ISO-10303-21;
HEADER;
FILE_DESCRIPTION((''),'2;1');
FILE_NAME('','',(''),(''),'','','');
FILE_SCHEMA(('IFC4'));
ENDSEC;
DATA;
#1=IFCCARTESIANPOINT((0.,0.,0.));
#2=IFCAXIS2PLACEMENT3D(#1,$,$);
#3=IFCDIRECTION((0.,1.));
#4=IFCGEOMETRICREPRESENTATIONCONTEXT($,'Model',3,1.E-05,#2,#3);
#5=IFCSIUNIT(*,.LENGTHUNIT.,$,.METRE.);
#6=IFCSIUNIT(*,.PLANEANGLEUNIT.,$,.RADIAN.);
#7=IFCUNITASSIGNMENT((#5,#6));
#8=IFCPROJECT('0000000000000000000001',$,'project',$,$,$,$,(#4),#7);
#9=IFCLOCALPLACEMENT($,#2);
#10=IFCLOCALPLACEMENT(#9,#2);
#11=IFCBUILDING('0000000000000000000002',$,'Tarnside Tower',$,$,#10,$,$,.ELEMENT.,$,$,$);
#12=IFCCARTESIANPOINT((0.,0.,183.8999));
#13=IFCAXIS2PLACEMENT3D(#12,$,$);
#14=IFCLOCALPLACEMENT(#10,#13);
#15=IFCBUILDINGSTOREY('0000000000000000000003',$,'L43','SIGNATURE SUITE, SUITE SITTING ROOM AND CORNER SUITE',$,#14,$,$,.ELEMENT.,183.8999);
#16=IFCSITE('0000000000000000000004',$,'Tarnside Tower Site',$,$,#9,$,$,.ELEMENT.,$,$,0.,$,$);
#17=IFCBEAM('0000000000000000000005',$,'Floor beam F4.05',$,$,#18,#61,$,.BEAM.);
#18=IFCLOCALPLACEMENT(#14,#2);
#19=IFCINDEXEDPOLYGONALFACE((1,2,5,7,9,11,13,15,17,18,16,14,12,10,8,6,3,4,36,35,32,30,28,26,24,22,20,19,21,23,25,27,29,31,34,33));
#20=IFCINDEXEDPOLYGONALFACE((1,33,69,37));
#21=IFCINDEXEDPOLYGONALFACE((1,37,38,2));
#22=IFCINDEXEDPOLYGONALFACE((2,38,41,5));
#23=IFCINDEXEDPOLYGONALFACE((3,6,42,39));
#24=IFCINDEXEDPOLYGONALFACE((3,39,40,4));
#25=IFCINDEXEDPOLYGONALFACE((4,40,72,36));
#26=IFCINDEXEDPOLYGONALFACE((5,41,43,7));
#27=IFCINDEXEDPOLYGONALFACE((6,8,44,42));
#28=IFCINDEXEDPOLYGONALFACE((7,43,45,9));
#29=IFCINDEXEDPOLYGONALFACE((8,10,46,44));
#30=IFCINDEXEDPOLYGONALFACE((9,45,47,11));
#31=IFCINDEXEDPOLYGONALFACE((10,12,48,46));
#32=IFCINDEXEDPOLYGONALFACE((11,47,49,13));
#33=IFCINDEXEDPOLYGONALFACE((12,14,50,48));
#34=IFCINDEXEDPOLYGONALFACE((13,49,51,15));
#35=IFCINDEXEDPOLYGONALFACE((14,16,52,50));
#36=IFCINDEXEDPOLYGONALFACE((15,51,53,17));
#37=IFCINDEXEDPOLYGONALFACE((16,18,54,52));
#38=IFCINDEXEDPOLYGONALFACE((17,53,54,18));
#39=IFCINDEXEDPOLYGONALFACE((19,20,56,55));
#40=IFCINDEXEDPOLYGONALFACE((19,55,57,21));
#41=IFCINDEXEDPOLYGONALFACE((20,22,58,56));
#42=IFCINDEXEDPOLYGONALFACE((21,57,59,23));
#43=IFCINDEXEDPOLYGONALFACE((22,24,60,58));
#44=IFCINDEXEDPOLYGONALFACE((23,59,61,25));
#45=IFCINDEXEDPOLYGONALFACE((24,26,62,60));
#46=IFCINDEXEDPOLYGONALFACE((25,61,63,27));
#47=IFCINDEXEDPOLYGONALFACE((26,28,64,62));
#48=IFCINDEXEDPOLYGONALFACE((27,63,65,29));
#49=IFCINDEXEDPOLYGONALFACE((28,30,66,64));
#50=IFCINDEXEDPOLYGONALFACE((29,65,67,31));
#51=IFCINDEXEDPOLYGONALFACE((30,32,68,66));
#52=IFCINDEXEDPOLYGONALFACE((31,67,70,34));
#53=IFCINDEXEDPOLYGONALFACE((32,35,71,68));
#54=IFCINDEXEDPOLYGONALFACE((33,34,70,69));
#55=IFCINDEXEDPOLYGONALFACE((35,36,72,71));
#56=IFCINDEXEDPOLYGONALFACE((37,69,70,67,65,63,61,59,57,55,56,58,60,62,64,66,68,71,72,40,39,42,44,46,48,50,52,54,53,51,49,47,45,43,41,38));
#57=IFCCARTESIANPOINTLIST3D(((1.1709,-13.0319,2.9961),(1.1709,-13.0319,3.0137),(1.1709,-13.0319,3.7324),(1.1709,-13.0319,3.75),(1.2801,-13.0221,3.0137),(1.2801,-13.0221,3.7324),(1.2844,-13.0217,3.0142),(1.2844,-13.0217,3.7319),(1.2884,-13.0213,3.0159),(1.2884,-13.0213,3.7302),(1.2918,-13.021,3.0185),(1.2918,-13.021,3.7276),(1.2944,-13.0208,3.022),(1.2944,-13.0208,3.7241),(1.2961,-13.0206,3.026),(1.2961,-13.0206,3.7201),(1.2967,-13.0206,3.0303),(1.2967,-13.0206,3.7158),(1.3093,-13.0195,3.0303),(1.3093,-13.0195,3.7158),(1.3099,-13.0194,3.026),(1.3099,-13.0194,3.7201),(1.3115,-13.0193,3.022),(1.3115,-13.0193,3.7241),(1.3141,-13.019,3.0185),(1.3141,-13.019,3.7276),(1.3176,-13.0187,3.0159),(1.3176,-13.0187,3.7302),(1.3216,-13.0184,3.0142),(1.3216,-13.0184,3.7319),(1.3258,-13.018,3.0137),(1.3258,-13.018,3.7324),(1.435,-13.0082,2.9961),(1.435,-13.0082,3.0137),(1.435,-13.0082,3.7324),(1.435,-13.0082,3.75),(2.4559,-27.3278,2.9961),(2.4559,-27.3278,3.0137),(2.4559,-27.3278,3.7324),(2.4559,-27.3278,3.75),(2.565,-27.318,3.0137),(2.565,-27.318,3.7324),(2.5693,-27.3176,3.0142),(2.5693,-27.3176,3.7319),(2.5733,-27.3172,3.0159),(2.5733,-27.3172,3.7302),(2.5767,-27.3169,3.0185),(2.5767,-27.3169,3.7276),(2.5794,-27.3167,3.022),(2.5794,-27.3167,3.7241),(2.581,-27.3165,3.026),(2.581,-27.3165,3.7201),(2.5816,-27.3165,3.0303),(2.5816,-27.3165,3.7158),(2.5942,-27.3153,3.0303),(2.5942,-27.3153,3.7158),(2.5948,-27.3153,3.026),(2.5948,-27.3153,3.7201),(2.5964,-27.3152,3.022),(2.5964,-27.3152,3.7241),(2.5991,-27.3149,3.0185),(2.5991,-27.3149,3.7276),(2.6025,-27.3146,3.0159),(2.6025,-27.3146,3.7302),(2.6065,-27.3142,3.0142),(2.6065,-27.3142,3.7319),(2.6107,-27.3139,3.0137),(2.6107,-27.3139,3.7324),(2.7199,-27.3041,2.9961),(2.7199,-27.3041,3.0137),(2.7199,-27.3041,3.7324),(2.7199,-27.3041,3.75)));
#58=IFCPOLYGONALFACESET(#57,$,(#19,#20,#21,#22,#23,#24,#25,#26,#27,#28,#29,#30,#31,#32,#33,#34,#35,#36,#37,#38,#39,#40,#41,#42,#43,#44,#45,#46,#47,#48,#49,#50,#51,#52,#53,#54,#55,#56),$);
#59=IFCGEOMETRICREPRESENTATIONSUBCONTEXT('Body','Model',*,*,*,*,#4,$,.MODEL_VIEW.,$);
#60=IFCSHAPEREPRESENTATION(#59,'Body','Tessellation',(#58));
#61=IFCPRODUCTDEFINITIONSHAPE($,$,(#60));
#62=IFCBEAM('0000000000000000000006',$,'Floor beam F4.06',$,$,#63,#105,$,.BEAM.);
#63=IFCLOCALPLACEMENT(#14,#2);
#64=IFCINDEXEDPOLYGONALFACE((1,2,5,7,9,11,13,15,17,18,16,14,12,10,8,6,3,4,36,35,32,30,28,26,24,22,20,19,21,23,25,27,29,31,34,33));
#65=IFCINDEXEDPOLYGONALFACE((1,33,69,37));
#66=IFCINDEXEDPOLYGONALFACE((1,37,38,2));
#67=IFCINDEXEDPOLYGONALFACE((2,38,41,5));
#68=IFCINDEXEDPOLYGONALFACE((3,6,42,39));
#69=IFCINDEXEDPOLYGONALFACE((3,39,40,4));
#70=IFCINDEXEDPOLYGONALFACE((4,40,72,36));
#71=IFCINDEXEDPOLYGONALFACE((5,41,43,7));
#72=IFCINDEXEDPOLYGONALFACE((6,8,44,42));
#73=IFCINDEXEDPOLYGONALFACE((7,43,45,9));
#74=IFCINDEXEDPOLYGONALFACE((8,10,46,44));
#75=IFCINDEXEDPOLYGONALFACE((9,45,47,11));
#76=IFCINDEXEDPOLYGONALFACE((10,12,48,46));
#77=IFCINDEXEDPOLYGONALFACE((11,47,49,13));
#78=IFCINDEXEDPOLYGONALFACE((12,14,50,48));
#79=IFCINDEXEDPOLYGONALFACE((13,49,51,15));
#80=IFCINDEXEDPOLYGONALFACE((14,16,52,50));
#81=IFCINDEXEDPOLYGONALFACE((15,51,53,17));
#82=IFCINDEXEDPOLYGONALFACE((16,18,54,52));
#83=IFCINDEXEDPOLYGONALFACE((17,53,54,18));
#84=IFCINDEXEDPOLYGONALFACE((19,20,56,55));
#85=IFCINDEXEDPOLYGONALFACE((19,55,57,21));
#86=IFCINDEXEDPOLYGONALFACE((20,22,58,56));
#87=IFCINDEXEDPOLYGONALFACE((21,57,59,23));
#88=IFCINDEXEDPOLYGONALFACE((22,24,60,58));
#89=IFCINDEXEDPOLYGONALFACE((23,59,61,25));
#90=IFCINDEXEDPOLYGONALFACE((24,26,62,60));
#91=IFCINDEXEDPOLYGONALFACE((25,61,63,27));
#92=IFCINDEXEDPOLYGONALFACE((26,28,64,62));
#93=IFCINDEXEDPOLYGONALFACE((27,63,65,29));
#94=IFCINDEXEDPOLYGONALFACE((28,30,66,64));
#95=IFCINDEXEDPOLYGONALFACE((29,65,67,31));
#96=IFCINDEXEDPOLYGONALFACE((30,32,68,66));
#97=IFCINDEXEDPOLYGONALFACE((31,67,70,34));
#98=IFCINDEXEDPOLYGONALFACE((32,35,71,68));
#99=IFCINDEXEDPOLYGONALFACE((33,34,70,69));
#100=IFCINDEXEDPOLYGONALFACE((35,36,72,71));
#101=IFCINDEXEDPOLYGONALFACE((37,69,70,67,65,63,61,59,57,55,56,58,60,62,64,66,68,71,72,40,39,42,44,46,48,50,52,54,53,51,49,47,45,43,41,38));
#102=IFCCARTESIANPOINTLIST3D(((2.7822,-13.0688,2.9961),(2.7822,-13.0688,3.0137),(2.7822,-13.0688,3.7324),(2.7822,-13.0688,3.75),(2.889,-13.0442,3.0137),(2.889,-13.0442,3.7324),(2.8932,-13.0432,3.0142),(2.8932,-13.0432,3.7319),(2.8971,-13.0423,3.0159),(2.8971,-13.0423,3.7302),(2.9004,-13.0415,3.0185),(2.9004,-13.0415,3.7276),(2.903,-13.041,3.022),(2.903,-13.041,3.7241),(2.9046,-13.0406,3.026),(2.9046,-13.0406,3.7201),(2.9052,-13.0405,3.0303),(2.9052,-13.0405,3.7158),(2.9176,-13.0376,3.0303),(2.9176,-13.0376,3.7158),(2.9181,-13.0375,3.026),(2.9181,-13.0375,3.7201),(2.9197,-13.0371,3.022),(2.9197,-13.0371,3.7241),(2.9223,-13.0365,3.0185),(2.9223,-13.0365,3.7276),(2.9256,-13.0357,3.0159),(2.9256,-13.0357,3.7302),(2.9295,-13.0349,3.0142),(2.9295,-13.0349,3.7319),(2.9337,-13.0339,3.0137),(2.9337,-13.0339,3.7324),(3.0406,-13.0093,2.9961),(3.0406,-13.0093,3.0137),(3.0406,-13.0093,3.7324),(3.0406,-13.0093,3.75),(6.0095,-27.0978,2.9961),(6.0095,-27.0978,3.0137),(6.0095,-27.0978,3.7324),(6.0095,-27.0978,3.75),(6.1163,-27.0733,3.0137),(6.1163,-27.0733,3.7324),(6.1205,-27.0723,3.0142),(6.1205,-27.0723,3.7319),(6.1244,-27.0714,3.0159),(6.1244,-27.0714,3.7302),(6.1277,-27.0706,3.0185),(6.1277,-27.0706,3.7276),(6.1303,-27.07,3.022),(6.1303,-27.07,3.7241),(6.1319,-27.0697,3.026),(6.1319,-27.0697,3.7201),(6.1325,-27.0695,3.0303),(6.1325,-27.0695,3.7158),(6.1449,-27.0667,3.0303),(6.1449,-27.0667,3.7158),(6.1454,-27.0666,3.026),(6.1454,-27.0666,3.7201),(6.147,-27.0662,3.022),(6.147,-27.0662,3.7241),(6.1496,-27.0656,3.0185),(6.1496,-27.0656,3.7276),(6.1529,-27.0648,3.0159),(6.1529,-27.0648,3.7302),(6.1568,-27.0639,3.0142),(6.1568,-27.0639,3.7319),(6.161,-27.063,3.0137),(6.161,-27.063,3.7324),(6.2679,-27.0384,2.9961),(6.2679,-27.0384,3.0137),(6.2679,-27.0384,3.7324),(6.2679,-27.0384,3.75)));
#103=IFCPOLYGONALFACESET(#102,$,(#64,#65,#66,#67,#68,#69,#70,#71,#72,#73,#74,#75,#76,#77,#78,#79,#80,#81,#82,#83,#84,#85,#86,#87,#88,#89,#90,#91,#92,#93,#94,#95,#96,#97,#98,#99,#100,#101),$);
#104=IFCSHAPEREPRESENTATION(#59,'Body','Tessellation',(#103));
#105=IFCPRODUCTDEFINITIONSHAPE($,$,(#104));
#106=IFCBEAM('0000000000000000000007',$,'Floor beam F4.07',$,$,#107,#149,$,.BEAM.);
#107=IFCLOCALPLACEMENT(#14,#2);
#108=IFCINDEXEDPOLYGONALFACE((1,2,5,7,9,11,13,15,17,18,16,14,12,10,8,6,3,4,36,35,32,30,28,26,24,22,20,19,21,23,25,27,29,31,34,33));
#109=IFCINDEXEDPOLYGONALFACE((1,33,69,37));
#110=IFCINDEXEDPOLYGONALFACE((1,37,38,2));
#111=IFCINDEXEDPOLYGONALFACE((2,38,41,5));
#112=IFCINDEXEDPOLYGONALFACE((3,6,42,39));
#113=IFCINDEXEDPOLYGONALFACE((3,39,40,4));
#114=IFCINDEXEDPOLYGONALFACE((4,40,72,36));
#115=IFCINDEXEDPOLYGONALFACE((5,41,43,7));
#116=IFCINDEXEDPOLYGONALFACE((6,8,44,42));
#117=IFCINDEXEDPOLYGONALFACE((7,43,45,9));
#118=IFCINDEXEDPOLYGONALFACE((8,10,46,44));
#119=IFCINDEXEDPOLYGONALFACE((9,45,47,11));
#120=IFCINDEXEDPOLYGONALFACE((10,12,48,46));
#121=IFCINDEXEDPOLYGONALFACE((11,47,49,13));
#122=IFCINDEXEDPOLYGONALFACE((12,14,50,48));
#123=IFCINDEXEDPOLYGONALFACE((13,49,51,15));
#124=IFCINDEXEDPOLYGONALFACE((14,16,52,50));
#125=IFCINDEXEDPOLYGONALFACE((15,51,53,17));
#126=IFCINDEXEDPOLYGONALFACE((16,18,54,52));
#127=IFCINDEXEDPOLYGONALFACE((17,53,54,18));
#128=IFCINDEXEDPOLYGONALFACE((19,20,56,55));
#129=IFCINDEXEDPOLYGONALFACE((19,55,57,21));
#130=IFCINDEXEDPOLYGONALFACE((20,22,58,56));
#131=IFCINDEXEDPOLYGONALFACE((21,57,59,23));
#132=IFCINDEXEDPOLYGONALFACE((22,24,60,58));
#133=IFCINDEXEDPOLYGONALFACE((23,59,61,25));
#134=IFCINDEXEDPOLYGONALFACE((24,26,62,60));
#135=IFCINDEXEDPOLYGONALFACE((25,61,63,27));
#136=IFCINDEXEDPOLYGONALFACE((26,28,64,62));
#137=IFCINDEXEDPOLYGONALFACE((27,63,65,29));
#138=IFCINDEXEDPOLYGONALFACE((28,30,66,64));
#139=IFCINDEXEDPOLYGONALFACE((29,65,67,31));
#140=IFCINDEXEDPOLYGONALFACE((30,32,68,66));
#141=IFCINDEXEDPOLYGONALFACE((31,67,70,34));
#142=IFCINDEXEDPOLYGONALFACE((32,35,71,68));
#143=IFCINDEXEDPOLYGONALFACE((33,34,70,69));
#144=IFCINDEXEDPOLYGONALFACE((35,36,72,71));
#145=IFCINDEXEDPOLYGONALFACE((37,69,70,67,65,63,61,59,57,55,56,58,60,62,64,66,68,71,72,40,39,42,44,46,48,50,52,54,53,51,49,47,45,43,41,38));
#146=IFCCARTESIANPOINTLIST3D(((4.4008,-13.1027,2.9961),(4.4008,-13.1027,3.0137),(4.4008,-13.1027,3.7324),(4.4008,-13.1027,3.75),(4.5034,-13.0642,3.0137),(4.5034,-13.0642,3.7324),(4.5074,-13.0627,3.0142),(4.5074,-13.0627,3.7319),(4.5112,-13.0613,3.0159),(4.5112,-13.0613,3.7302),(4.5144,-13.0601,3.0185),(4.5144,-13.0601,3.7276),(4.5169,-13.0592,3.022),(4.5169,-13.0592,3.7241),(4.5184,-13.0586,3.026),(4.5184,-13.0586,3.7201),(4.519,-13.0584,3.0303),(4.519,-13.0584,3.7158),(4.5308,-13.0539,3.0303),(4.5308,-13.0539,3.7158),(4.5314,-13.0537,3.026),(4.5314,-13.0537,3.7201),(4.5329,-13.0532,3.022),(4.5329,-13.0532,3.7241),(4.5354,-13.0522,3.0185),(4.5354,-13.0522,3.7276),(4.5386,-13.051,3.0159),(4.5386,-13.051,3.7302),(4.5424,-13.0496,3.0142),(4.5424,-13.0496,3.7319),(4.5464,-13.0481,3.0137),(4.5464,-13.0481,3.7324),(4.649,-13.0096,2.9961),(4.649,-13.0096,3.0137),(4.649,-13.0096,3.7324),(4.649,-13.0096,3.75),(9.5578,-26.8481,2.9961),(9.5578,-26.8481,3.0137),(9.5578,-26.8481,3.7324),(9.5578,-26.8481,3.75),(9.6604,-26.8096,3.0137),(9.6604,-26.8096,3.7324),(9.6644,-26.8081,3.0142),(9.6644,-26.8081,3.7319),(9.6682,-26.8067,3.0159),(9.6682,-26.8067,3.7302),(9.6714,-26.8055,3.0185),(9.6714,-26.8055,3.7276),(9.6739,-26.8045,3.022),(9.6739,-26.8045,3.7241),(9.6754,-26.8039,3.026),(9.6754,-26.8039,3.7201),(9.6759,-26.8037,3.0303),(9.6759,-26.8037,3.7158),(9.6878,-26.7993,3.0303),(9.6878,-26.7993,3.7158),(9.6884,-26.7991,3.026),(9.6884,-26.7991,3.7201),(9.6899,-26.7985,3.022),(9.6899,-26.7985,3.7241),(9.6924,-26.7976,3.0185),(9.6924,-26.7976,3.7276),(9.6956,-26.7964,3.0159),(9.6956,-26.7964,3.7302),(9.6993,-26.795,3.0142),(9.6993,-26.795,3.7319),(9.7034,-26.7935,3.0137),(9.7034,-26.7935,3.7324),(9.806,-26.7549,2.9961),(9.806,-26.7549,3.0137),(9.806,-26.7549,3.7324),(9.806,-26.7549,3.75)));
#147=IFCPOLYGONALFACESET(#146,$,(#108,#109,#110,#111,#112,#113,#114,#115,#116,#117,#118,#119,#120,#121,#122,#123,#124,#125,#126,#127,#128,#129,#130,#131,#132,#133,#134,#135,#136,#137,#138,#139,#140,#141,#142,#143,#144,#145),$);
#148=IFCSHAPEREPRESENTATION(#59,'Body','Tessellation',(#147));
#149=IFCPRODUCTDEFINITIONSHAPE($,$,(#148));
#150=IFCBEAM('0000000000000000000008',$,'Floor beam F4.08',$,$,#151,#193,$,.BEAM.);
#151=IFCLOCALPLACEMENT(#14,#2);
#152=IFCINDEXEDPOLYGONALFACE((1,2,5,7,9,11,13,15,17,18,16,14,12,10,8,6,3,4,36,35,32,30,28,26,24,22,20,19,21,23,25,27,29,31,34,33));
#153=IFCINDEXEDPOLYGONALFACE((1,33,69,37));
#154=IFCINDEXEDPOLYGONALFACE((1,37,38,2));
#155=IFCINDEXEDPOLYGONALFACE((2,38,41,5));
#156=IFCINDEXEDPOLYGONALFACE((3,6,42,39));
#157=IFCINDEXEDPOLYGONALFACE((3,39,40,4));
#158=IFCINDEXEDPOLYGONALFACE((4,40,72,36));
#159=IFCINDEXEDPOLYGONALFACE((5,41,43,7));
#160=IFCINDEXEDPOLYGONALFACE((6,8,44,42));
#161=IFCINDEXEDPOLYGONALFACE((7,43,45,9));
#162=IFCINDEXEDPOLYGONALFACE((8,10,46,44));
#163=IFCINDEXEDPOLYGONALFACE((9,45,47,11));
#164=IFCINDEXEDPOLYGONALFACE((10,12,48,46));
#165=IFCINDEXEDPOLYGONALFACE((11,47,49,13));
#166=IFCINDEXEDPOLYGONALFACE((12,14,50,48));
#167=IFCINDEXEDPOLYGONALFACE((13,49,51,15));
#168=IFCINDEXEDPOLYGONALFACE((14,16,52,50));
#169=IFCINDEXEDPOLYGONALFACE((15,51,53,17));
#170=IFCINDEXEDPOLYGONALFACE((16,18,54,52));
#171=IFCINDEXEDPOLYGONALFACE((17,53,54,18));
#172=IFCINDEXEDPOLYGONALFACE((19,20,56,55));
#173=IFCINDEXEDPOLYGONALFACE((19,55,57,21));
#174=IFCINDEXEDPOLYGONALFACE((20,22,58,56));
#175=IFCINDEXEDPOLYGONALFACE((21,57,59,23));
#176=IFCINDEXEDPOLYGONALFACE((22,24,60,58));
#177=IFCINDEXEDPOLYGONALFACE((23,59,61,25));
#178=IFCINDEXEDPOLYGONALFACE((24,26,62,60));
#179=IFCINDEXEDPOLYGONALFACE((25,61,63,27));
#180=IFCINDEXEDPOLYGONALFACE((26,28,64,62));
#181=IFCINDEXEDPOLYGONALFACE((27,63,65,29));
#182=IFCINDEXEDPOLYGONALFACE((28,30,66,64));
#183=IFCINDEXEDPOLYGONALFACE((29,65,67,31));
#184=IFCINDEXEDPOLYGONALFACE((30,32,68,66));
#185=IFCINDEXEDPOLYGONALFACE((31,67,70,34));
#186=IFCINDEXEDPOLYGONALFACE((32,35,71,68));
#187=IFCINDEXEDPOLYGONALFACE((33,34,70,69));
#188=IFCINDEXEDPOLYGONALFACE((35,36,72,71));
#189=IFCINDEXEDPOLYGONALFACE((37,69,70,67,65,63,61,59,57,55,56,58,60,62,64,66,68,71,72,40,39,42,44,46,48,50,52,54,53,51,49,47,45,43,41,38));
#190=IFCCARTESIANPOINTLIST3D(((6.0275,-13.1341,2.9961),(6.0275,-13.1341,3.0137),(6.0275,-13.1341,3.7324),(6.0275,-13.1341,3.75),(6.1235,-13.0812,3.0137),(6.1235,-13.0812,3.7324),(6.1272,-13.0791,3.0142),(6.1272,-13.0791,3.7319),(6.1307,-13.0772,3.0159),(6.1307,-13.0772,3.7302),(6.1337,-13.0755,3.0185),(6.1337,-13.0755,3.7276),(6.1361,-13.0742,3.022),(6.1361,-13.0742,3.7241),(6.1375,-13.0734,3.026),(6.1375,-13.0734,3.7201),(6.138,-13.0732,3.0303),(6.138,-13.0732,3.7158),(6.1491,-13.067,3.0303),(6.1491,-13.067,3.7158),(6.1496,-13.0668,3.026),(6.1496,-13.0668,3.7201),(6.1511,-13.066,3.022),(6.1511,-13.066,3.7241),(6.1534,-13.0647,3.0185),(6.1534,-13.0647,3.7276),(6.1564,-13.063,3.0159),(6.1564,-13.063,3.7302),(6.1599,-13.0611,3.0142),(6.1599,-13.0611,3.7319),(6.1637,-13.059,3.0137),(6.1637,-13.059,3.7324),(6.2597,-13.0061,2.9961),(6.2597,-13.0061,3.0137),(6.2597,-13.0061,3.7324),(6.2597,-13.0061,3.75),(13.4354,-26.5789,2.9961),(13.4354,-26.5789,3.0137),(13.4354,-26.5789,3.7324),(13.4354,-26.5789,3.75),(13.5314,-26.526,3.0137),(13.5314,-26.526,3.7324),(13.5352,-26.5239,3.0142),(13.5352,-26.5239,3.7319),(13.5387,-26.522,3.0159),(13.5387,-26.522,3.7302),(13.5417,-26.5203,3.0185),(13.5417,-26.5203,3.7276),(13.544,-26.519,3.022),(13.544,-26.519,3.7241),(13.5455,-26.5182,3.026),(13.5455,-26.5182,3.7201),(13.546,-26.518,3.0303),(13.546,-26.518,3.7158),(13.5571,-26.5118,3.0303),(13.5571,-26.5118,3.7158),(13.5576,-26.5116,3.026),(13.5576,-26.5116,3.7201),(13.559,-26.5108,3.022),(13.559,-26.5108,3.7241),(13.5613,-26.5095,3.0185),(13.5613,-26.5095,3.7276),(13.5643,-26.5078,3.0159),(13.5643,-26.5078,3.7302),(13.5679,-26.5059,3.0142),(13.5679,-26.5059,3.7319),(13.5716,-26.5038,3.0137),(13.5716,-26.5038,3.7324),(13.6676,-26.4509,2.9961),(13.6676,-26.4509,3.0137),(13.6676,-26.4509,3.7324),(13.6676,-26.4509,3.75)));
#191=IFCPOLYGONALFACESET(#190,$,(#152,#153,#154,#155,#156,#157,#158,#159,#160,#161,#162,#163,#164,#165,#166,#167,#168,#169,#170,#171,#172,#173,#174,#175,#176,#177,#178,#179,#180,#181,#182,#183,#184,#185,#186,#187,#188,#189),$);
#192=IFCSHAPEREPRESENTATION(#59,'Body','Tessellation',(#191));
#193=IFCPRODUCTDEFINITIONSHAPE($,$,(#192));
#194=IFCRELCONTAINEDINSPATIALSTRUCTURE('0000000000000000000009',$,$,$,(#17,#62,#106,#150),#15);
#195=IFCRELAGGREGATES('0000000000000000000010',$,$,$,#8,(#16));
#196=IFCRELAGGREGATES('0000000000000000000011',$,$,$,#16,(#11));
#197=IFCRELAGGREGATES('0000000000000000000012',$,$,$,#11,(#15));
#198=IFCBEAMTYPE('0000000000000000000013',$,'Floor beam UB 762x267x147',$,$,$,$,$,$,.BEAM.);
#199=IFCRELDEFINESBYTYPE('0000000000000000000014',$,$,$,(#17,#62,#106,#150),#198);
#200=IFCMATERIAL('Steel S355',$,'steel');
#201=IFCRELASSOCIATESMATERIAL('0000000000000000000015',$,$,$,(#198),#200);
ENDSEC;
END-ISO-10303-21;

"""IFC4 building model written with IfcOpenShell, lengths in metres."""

from ifc_helpers import new_model, si_unit, direction, frame, origin, origin_2d, place, context, subcontext, project, spatial, i_section, extrude, material, material_profile, profile_set, type_object, element, save


model = new_model("IFC4")

# Units and contexts
model_context = context("Model", 3, precision=1e-05, world=origin(), true_north=direction((0.0, 1.0)))
body_context = subcontext(model_context, "Body", "Model", "MODEL_VIEW")
ifc_project = project(units=[si_unit("LENGTHUNIT", "METRE"), si_unit("PLANEANGLEUNIT", "RADIAN")], contexts=[model_context])

# Site, building, storey
site_placement = place(None, origin())
site = spatial("IfcSite", under=ifc_project, at=site_placement, Name="Tarnside Tower Site", CompositionType="ELEMENT", RefElevation=0.0)
building_placement = place(site_placement, origin())
building = spatial("IfcBuilding", under=site, at=building_placement, Name="Tarnside Tower", CompositionType="ELEMENT")
storey_placement = place(building_placement, frame((0.0, 0.0, 183.8999)))
storey = spatial("IfcBuildingStorey", under=building, at=storey_placement, Name="L43", Description="SIGNATURE SUITE, SUITE SITTING ROOM AND CORNER SUITE", CompositionType="ELEMENT", Elevation=183.8999)

# Beams
ifc_material_1 = material(Name="Steel S355", Category="steel")
ifc_material_profile = material_profile(ifc_material_1, i_section(OverallWidth=0.2651, OverallDepth=0.7539, WebThickness=0.0127, FlangeThickness=0.0176, FilletRadius=0.0166, at=origin_2d()), Name="UB 762x267x147")
ifc_profile_set = profile_set([ifc_material_profile], Name="Steel S355")
beam_type = type_object("IfcBeamType", Name="Floor beam UB 762x267x147", PredefinedType="BEAM", material=ifc_profile_set)
beam_1_placement = place(storey_placement, frame((2.5879, -27.3159, 3.373), z_axis=(-0.089519, 0.995985, 0.0), x_axis=(-0.995985, -0.089519, 0.0)))
element("IfcBeam", 1, at=beam_1_placement, inside=storey, type_object=beam_type, Name="Floor beam F4.05", PredefinedType="BEAM", context=body_context, shape_type="SweptSolid", body=[
    extrude(i_section(OverallWidth=0.2651, OverallDepth=0.7539, WebThickness=0.0127, FlangeThickness=0.0176, FilletRadius=0.0166, at=origin_2d()), origin(), (0.0, 0.0, 1.0), 14.3535),
])
beam_2_placement = place(storey_placement, frame((6.1387, -27.0681, 3.373), z_axis=(-0.224188, 0.974546, 0.0), x_axis=(-0.974546, -0.224188, 0.0)))
element("IfcBeam", 2, at=beam_2_placement, inside=storey, type_object=beam_type, Name="Floor beam F4.06", PredefinedType="BEAM", context=body_context, shape_type="SweptSolid", body=[
    extrude(i_section(OverallWidth=0.2651, OverallDepth=0.7539, WebThickness=0.0127, FlangeThickness=0.0176, FilletRadius=0.0166, at=origin_2d()), origin(), (0.0, 0.0, 1.0), 14.3955),
])
beam_3_placement = place(storey_placement, frame((9.6819, -26.8015, 3.373), z_axis=(-0.351271, 0.936274, 0.0), x_axis=(-0.936274, -0.351271, 0.0)))
element("IfcBeam", 3, at=beam_3_placement, inside=storey, type_object=beam_type, Name="Floor beam F4.07", PredefinedType="BEAM", context=body_context, shape_type="SweptSolid", body=[
    extrude(i_section(OverallWidth=0.2651, OverallDepth=0.7539, WebThickness=0.0127, FlangeThickness=0.0176, FilletRadius=0.0166, at=origin_2d()), origin(), (0.0, 0.0, 1.0), 14.6809),
])
beam_4_placement = place(storey_placement, frame((13.5515, -26.5149, 3.373), z_axis=(-0.482584, 0.87585, 0.0), x_axis=(-0.87585, -0.482584, 0.0)))
element("IfcBeam", 4, at=beam_4_placement, inside=storey, type_object=beam_type, Name="Floor beam F4.08", PredefinedType="BEAM", context=body_context, shape_type="SweptSolid", body=[
    extrude(i_section(OverallWidth=0.2651, OverallDepth=0.7539, WebThickness=0.0127, FlangeThickness=0.0176, FilletRadius=0.0166, at=origin_2d()), origin(), (0.0, 0.0, 1.0), 15.3506),
])

save(model, "model.ifc")
